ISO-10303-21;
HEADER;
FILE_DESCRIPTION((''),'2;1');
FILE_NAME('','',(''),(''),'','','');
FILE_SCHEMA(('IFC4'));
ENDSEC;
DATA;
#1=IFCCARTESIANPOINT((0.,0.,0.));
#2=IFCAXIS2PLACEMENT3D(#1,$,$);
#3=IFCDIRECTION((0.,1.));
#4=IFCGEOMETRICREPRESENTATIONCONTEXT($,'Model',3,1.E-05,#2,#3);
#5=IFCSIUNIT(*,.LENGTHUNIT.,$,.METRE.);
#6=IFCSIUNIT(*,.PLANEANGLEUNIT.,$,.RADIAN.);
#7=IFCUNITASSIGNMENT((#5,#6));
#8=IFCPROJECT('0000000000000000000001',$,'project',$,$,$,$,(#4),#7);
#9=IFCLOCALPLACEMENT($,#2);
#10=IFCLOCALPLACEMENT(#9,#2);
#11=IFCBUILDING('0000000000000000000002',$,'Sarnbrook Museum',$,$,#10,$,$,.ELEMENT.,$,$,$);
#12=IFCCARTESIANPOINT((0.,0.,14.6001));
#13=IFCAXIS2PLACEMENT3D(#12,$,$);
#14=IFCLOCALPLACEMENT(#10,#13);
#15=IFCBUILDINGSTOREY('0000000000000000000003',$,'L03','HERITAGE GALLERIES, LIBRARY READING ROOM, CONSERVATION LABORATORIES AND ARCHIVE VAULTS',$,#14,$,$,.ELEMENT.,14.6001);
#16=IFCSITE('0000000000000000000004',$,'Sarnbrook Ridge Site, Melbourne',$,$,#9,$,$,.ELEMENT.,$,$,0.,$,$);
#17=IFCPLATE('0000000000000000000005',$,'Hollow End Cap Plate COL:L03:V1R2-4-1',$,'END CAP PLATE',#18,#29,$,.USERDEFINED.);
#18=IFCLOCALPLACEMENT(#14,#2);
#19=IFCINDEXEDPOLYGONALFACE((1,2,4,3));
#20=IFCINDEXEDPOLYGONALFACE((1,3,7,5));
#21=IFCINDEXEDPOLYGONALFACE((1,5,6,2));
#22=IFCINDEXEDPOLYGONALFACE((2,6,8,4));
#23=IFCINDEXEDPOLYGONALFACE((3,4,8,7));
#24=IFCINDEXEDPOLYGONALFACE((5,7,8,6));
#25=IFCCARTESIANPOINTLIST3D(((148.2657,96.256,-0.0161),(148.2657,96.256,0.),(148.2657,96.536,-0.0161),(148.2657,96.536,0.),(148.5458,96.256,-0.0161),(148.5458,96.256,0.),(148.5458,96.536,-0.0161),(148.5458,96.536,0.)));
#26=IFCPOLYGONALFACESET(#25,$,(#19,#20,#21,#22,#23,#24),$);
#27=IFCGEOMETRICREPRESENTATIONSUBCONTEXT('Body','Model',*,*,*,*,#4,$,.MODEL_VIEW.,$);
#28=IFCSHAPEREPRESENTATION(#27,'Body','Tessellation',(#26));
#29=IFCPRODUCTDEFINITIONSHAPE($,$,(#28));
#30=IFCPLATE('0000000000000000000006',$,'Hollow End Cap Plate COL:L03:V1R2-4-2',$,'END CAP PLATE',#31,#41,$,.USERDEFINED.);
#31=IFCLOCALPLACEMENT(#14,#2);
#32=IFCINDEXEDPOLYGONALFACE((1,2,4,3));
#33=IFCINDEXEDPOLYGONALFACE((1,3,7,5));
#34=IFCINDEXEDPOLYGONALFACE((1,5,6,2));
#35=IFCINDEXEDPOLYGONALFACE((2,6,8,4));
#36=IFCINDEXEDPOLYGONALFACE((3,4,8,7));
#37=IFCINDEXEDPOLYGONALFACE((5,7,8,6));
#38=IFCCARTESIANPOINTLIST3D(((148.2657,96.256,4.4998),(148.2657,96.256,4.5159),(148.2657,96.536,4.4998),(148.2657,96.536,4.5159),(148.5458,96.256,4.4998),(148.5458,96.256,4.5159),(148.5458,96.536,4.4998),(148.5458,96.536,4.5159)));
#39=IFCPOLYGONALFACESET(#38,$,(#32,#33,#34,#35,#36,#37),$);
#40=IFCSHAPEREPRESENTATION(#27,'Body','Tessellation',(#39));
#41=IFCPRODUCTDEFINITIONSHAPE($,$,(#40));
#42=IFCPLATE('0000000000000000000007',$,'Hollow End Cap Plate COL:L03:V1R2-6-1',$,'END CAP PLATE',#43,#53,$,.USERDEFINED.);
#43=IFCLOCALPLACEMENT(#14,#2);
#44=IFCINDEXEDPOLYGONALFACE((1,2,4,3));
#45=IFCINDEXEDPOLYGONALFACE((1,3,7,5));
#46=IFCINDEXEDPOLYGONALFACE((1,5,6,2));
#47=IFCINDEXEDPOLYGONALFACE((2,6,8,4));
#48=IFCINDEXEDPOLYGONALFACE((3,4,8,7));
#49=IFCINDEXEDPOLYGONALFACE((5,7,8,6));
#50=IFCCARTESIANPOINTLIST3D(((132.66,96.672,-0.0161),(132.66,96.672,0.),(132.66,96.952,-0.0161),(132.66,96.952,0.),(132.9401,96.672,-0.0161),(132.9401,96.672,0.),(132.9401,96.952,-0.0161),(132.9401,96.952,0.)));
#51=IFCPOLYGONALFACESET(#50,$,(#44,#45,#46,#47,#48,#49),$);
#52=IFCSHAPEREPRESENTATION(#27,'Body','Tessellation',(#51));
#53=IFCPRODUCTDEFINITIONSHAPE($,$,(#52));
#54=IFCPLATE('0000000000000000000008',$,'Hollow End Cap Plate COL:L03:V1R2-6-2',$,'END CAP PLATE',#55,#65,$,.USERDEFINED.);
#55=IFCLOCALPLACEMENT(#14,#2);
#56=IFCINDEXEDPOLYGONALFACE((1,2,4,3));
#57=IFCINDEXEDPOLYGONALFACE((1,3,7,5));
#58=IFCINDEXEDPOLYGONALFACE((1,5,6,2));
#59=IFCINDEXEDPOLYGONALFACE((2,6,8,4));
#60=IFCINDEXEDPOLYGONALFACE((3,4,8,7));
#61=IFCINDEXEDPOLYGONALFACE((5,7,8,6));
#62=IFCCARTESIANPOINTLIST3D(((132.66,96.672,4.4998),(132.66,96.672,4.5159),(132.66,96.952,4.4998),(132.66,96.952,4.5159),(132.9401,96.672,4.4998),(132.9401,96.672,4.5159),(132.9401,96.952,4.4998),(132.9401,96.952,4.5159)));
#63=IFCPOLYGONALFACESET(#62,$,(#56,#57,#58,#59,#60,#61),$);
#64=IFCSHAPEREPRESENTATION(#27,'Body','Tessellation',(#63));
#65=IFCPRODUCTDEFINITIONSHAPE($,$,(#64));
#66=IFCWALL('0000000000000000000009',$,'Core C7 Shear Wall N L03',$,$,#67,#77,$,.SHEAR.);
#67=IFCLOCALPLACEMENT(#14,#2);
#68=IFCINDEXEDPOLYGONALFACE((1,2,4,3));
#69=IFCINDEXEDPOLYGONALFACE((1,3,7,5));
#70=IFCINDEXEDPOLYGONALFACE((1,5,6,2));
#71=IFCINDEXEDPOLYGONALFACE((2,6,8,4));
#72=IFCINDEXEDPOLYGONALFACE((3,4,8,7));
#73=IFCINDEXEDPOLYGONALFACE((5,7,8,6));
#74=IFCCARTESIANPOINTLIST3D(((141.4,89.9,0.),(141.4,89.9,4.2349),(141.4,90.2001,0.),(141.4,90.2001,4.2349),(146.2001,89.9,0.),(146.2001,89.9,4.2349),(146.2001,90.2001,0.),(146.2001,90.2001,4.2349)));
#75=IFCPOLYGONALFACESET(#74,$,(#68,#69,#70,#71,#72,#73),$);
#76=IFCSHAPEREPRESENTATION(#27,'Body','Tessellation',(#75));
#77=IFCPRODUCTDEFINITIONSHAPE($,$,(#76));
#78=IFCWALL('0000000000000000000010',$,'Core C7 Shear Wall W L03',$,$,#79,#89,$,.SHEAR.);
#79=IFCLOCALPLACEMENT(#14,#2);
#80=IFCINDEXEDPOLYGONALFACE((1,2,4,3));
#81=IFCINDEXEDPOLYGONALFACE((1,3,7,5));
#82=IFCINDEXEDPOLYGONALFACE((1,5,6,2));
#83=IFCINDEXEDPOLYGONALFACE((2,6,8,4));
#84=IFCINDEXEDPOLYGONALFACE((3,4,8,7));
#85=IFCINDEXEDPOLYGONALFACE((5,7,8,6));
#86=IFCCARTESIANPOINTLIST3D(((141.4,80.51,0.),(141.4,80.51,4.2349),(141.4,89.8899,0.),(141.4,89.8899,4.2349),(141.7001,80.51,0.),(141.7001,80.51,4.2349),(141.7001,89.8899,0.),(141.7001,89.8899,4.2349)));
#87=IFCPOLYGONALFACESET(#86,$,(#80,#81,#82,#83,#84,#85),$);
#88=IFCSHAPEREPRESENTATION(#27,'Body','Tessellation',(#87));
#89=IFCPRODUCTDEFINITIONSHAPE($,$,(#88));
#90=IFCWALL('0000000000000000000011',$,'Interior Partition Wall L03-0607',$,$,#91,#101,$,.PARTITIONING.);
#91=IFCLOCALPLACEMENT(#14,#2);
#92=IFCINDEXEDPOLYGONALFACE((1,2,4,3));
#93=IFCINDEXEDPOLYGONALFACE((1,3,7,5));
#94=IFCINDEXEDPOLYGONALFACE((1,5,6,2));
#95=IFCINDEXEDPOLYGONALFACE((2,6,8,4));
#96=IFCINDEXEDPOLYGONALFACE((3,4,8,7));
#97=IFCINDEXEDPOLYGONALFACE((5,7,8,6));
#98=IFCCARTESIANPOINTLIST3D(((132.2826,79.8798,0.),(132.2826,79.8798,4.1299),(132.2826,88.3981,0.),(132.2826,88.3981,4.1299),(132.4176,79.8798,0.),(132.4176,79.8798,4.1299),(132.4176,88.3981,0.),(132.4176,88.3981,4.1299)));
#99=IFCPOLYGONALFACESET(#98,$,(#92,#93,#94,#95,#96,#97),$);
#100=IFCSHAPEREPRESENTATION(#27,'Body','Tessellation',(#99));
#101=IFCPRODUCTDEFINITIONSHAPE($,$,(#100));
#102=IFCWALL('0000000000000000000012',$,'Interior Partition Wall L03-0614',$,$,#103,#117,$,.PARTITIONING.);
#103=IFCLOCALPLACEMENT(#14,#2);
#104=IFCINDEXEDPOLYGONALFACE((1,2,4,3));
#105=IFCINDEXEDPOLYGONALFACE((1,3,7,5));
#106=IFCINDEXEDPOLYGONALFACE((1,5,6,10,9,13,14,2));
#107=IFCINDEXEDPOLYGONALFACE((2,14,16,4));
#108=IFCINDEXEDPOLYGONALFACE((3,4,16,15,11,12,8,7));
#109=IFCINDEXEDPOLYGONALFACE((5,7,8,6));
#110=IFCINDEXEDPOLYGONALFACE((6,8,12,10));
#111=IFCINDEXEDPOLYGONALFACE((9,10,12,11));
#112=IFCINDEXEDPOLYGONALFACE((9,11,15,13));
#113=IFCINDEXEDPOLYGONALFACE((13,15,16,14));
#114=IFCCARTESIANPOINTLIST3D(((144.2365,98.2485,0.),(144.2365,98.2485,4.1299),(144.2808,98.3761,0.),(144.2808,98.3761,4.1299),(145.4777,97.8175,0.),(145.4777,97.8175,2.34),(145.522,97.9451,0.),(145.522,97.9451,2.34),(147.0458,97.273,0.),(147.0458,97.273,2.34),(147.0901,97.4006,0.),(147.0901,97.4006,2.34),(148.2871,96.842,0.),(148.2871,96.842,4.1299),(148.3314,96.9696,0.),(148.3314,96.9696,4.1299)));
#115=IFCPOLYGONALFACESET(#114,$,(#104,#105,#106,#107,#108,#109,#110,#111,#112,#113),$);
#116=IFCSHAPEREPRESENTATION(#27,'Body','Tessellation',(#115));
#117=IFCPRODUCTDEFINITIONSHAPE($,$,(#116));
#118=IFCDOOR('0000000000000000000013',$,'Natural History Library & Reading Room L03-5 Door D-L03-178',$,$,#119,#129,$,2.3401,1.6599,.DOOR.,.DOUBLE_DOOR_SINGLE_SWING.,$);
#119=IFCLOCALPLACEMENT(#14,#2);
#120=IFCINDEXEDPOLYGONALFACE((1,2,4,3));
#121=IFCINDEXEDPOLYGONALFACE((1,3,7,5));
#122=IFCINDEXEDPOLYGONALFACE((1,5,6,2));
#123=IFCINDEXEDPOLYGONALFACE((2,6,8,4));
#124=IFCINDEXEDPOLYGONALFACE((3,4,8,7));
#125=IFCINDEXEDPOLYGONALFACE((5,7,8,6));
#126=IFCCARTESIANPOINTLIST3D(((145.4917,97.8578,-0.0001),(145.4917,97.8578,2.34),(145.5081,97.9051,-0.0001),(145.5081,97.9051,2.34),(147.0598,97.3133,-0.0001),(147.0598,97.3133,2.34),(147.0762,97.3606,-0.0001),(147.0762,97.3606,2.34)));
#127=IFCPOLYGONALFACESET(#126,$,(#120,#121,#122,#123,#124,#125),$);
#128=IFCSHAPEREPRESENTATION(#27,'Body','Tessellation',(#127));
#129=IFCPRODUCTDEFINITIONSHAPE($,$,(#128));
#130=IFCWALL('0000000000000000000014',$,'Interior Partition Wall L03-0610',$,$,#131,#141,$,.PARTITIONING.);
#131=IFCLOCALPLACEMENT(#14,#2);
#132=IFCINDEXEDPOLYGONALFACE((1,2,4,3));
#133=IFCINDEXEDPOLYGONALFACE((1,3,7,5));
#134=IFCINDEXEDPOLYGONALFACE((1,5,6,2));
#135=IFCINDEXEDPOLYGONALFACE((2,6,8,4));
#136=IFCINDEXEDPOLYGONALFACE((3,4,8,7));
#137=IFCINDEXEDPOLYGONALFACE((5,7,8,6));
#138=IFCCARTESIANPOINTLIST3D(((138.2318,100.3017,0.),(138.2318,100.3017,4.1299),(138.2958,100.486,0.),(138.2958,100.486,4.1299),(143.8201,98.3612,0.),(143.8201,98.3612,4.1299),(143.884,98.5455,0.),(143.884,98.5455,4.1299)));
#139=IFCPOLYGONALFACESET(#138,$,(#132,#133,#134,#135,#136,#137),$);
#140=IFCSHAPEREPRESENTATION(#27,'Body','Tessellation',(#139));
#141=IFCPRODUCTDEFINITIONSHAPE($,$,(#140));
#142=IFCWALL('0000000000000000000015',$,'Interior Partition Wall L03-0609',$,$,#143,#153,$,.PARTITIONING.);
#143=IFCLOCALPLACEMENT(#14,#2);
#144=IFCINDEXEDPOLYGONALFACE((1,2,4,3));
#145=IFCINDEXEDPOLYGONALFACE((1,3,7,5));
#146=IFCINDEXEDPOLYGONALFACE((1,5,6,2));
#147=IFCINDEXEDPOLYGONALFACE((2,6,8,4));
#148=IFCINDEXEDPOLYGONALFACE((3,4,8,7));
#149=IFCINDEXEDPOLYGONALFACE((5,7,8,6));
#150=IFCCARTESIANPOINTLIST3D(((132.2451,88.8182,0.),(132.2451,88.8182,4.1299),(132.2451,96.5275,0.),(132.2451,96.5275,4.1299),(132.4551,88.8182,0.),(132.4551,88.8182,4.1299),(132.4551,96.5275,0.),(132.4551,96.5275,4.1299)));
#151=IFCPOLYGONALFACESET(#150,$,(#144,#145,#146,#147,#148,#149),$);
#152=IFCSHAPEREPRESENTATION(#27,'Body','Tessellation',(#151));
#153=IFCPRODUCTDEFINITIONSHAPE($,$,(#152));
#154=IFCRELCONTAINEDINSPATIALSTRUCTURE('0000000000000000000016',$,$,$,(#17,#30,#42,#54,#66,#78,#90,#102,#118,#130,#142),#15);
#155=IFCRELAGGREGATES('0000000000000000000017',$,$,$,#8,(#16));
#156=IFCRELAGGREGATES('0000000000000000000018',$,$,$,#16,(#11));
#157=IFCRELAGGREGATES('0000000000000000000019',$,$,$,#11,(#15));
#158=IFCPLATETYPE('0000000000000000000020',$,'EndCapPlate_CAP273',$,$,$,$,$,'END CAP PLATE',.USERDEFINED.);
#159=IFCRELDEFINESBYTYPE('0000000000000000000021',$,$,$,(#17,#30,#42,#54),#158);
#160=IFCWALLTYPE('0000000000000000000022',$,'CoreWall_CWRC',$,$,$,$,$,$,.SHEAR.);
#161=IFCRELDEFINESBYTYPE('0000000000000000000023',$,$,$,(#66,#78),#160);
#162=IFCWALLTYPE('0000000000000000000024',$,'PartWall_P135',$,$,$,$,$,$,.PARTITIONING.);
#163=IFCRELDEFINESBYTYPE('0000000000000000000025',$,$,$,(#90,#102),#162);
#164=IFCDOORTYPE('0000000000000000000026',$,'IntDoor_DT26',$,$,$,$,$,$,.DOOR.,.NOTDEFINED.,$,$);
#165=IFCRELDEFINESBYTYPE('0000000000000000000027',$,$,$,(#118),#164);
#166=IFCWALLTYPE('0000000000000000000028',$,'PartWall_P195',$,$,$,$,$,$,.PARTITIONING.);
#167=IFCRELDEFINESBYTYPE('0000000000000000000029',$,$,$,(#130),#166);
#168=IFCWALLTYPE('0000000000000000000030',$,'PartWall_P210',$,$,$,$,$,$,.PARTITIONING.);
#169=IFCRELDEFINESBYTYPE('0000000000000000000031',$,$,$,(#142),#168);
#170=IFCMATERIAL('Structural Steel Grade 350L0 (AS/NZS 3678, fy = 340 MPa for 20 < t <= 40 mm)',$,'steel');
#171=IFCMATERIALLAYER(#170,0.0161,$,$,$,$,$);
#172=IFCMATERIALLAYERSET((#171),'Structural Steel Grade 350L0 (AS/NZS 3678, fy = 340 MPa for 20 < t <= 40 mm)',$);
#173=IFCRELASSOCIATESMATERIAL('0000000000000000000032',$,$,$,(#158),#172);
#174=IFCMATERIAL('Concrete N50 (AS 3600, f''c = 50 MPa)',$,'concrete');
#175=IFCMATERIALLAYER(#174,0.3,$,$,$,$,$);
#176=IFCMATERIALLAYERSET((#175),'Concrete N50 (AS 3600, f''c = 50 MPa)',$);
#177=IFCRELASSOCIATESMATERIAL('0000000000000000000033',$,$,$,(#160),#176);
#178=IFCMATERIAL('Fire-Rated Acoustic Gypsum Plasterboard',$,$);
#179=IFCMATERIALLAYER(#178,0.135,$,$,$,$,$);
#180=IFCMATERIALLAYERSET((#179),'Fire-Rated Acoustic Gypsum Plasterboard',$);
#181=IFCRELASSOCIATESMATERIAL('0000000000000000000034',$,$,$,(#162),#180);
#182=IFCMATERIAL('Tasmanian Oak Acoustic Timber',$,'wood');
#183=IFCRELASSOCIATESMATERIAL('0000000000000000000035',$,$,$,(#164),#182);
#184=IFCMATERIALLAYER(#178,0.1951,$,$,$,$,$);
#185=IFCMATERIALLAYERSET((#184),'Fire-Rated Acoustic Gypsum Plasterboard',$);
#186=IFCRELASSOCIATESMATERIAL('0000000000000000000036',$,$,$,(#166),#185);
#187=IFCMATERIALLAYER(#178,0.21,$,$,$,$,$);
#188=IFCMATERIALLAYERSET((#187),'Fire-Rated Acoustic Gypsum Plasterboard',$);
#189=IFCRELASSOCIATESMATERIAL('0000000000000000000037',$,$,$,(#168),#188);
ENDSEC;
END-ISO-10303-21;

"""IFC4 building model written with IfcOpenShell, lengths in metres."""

from ifc_helpers import new_model, si_unit, direction, frame, frame_2d, origin, origin_2d, place, context, subcontext, project, spatial, rectangle, extrude, material, layer, layer_set, type_object, element, fill, save


model = new_model("IFC4")

# Units and contexts
model_context = context("Model", 3, precision=1e-05, world=origin(), true_north=direction((0.0, 1.0)))
body_context = subcontext(model_context, "Body", "Model", "MODEL_VIEW")
ifc_project = project(units=[si_unit("LENGTHUNIT", "METRE"), si_unit("PLANEANGLEUNIT", "RADIAN")], contexts=[model_context])

# Site, building, storey
site_placement = place(None, origin())
site = spatial("IfcSite", under=ifc_project, at=site_placement, Name="Sarnbrook Ridge Site, Melbourne", CompositionType="ELEMENT", RefElevation=0.0)
building_placement = place(site_placement, origin())
building = spatial("IfcBuilding", under=site, at=building_placement, Name="Sarnbrook Museum", CompositionType="ELEMENT")
storey_placement = place(building_placement, frame((0.0, 0.0, 14.6001)))
storey = spatial("IfcBuildingStorey", under=building, at=storey_placement, Name="L03", Description="HERITAGE GALLERIES, LIBRARY READING ROOM, CONSERVATION LABORATORIES AND ARCHIVE VAULTS", CompositionType="ELEMENT", Elevation=14.6001)

# Shared definitions
ifc_material_1 = material(Name="Structural Steel Grade 350L0 (AS/NZS 3678, fy = 340 MPa for 20 < t <= 40 mm)", Category="steel")

# Plates
ifc_layer_1 = layer(ifc_material_1, 0.0161)
ifc_layer_set_1 = layer_set([ifc_layer_1], Name="Structural Steel Grade 350L0 (AS/NZS 3678, fy = 340 MPa for 20 < t <= 40 mm)")
plate_type = type_object("IfcPlateType", Name="EndCapPlate_CAP273", ElementType="END CAP PLATE", PredefinedType="USERDEFINED", material=ifc_layer_set_1)
for number, where, z_axis, x_axis, name in (
    (1, (148.4058, 96.396, -0.0161), (0.0, 0.0, 1.0), (1.0, 0.0, 0.0), "Hollow End Cap Plate COL:L03:V1R2-4-1"),
    (2, (148.4058, 96.396, 4.4998), (0.0, 0.0, 1.0), (1.0, 0.0, 0.0), "Hollow End Cap Plate COL:L03:V1R2-4-2"),
    (3, (132.8, 96.812, -0.0161), (0.0, 0.0, 1.0), (1.0, 0.0, 0.0), "Hollow End Cap Plate COL:L03:V1R2-6-1"),
    (4, (132.8, 96.812, 4.4998), (0.0, 0.0, 1.0), (1.0, 0.0, 0.0), "Hollow End Cap Plate COL:L03:V1R2-6-2"),
):
    element("IfcPlate", number, at=place(storey_placement, frame(where, z_axis=z_axis, x_axis=x_axis)), inside=storey, type_object=plate_type, Name=name, ObjectType="END CAP PLATE", PredefinedType="USERDEFINED", context=body_context, shape_type="SweptSolid", body=[
        extrude(rectangle(XDim=0.28, YDim=0.28, at=origin_2d()), origin(), (0.0, 0.0, 1.0), 0.0161),
    ])

# Walls
ifc_material_2 = material(Name="Concrete N50 (AS 3600, f'c = 50 MPa)", Category="concrete")
ifc_layer_2 = layer(ifc_material_2, 0.3)
ifc_layer_set_2 = layer_set([ifc_layer_2], Name="Concrete N50 (AS 3600, f'c = 50 MPa)")
wall_type_1 = type_object("IfcWallType", Name="CoreWall_CWRC", PredefinedType="SHEAR", material=ifc_layer_set_2)
wall_1_placement = place(storey_placement, frame((146.2, 90.05, 0.0), z_axis=(0.0, 0.0, 1.0), x_axis=(-1.0, 0.0, 0.0)))
element("IfcWall", 5, at=wall_1_placement, inside=storey, type_object=wall_type_1, Name="Core C7 Shear Wall N L03", PredefinedType="SHEAR", context=body_context, shape_type="SweptSolid", body=[
    extrude(rectangle(XDim=4.8, YDim=0.3, at=frame_2d((2.3999, 0.0))), origin(), (0.0, 0.0, 1.0), 4.2349),
])
wall_2_placement = place(storey_placement, frame((141.55, 89.8899, 0.0), z_axis=(0.0, 0.0, 1.0), x_axis=(0.0, -1.0, 0.0)))
element("IfcWall", 6, at=wall_2_placement, inside=storey, type_object=wall_type_1, Name="Core C7 Shear Wall W L03", PredefinedType="SHEAR", context=body_context, shape_type="SweptSolid", body=[
    extrude(rectangle(XDim=9.3799, YDim=0.3, at=frame_2d((4.6899, 0.0))), origin(), (0.0, 0.0, 1.0), 4.2349),
])
ifc_material_3 = material(Name="Fire-Rated Acoustic Gypsum Plasterboard")
ifc_layer_3 = layer(ifc_material_3, 0.135)
ifc_layer_set_3 = layer_set([ifc_layer_3], Name="Fire-Rated Acoustic Gypsum Plasterboard")
wall_type_2 = type_object("IfcWallType", Name="PartWall_P135", PredefinedType="PARTITIONING", material=ifc_layer_set_3)
wall_3_placement = place(storey_placement, frame((132.3501, 88.3982, 0.0), z_axis=(0.0, 0.0, 1.0), x_axis=(0.0, -1.0, 0.0)))
element("IfcWall", 7, at=wall_3_placement, inside=storey, type_object=wall_type_2, Name="Interior Partition Wall L03-0607", PredefinedType="PARTITIONING", context=body_context, shape_type="SweptSolid", body=[
    extrude(rectangle(XDim=8.5183, YDim=0.135, at=frame_2d((4.2593, 0.0))), origin(), (0.0, 0.0, 1.0), 4.1299),
])

# Wall, opening, door
wall_4_placement = place(storey_placement, frame((148.3093, 96.9058, 0.0), z_axis=(0.0, 0.0, 1.0), x_axis=(-0.944669, 0.328024, 0.0)))
wall_4 = element("IfcWall", 8, at=wall_4_placement, inside=storey, type_object=wall_type_2, Name="Interior Partition Wall L03-0614", PredefinedType="PARTITIONING", context=body_context, shape_type="SweptSolid", body=[
    extrude(rectangle(XDim=4.2878, YDim=0.135, at=frame_2d((2.144, 0.0))), origin(), (0.0, 0.0, 1.0), 4.1299),
])
opening_placement = place(wall_4_placement, frame((1.314, 0.0, 0.0)))
opening = element("IfcOpeningElement", 9, at=opening_placement, cuts=wall_4, PredefinedType="OPENING", context=body_context, shape_type="SweptSolid", body=[
    extrude(rectangle(XDim=1.6599, YDim=2.3401, at=frame_2d((0.8301, 1.1699))), frame((0.0, 0.0776, 0.0), z_axis=(0.0, -1.0, 0.0), x_axis=(1.0, 0.0, 0.0)), (0.0, 0.0, 1.0), 0.155),
])
ifc_material_4 = material(Name="Tasmanian Oak Acoustic Timber", Category="wood")
door_type = type_object("IfcDoorType", Name="IntDoor_DT26", OperationType="NOTDEFINED", PredefinedType="DOOR", material=ifc_material_4)
door_placement = place(opening_placement, origin())
door = element("IfcDoor", 10, at=door_placement, inside=storey, type_object=door_type, Name="Natural History Library & Reading Room L03-5 Door D-L03-178", OperationType="DOUBLE_DOOR_SINGLE_SWING", OverallHeight=2.3401, OverallWidth=1.6599, PredefinedType="DOOR", context=body_context, shape_type="SweptSolid", body=[
    extrude(rectangle(XDim=1.6599, YDim=2.3401, at=frame_2d((0.8301, 1.1699))), frame((0.0, 0.0249, 0.0), z_axis=(0.0, -1.0, 0.0), x_axis=(1.0, 0.0, 0.0)), (0.0, 0.0, 1.0), 0.05),
])
fill(opening, door)

# Walls
ifc_layer_4 = layer(ifc_material_3, 0.1951)
ifc_layer_set_4 = layer_set([ifc_layer_4], Name="Fire-Rated Acoustic Gypsum Plasterboard")
wall_type_3 = type_object("IfcWallType", Name="PartWall_P195", PredefinedType="PARTITIONING", material=ifc_layer_set_4)
wall_5_placement = place(storey_placement, frame((143.8521, 98.4534, 0.0), z_axis=(0.0, 0.0, 1.0), x_axis=(-0.944668, 0.328028, 0.0)))
element("IfcWall", 11, at=wall_5_placement, inside=storey, type_object=wall_type_3, Name="Interior Partition Wall L03-0610", PredefinedType="PARTITIONING", context=body_context, shape_type="SweptSolid", body=[
    extrude(rectangle(XDim=5.9155, YDim=0.1951, at=frame_2d((2.9578, 0.0))), origin(), (0.0, 0.0, 1.0), 4.1299),
])
ifc_layer_5 = layer(ifc_material_3, 0.21)
ifc_layer_set_5 = layer_set([ifc_layer_5], Name="Fire-Rated Acoustic Gypsum Plasterboard")
wall_type_4 = type_object("IfcWallType", Name="PartWall_P210", PredefinedType="PARTITIONING", material=ifc_layer_set_5)
wall_6_placement = place(storey_placement, frame((132.3501, 96.5273, 0.0), z_axis=(0.0, 0.0, 1.0), x_axis=(0.0, -1.0, 0.0)))
element("IfcWall", 12, at=wall_6_placement, inside=storey, type_object=wall_type_4, Name="Interior Partition Wall L03-0609", PredefinedType="PARTITIONING", context=body_context, shape_type="SweptSolid", body=[
    extrude(rectangle(XDim=7.7092, YDim=0.21, at=frame_2d((3.8545, 0.0))), origin(), (0.0, 0.0, 1.0), 4.1299),
])

save(model, "model.ifc")
